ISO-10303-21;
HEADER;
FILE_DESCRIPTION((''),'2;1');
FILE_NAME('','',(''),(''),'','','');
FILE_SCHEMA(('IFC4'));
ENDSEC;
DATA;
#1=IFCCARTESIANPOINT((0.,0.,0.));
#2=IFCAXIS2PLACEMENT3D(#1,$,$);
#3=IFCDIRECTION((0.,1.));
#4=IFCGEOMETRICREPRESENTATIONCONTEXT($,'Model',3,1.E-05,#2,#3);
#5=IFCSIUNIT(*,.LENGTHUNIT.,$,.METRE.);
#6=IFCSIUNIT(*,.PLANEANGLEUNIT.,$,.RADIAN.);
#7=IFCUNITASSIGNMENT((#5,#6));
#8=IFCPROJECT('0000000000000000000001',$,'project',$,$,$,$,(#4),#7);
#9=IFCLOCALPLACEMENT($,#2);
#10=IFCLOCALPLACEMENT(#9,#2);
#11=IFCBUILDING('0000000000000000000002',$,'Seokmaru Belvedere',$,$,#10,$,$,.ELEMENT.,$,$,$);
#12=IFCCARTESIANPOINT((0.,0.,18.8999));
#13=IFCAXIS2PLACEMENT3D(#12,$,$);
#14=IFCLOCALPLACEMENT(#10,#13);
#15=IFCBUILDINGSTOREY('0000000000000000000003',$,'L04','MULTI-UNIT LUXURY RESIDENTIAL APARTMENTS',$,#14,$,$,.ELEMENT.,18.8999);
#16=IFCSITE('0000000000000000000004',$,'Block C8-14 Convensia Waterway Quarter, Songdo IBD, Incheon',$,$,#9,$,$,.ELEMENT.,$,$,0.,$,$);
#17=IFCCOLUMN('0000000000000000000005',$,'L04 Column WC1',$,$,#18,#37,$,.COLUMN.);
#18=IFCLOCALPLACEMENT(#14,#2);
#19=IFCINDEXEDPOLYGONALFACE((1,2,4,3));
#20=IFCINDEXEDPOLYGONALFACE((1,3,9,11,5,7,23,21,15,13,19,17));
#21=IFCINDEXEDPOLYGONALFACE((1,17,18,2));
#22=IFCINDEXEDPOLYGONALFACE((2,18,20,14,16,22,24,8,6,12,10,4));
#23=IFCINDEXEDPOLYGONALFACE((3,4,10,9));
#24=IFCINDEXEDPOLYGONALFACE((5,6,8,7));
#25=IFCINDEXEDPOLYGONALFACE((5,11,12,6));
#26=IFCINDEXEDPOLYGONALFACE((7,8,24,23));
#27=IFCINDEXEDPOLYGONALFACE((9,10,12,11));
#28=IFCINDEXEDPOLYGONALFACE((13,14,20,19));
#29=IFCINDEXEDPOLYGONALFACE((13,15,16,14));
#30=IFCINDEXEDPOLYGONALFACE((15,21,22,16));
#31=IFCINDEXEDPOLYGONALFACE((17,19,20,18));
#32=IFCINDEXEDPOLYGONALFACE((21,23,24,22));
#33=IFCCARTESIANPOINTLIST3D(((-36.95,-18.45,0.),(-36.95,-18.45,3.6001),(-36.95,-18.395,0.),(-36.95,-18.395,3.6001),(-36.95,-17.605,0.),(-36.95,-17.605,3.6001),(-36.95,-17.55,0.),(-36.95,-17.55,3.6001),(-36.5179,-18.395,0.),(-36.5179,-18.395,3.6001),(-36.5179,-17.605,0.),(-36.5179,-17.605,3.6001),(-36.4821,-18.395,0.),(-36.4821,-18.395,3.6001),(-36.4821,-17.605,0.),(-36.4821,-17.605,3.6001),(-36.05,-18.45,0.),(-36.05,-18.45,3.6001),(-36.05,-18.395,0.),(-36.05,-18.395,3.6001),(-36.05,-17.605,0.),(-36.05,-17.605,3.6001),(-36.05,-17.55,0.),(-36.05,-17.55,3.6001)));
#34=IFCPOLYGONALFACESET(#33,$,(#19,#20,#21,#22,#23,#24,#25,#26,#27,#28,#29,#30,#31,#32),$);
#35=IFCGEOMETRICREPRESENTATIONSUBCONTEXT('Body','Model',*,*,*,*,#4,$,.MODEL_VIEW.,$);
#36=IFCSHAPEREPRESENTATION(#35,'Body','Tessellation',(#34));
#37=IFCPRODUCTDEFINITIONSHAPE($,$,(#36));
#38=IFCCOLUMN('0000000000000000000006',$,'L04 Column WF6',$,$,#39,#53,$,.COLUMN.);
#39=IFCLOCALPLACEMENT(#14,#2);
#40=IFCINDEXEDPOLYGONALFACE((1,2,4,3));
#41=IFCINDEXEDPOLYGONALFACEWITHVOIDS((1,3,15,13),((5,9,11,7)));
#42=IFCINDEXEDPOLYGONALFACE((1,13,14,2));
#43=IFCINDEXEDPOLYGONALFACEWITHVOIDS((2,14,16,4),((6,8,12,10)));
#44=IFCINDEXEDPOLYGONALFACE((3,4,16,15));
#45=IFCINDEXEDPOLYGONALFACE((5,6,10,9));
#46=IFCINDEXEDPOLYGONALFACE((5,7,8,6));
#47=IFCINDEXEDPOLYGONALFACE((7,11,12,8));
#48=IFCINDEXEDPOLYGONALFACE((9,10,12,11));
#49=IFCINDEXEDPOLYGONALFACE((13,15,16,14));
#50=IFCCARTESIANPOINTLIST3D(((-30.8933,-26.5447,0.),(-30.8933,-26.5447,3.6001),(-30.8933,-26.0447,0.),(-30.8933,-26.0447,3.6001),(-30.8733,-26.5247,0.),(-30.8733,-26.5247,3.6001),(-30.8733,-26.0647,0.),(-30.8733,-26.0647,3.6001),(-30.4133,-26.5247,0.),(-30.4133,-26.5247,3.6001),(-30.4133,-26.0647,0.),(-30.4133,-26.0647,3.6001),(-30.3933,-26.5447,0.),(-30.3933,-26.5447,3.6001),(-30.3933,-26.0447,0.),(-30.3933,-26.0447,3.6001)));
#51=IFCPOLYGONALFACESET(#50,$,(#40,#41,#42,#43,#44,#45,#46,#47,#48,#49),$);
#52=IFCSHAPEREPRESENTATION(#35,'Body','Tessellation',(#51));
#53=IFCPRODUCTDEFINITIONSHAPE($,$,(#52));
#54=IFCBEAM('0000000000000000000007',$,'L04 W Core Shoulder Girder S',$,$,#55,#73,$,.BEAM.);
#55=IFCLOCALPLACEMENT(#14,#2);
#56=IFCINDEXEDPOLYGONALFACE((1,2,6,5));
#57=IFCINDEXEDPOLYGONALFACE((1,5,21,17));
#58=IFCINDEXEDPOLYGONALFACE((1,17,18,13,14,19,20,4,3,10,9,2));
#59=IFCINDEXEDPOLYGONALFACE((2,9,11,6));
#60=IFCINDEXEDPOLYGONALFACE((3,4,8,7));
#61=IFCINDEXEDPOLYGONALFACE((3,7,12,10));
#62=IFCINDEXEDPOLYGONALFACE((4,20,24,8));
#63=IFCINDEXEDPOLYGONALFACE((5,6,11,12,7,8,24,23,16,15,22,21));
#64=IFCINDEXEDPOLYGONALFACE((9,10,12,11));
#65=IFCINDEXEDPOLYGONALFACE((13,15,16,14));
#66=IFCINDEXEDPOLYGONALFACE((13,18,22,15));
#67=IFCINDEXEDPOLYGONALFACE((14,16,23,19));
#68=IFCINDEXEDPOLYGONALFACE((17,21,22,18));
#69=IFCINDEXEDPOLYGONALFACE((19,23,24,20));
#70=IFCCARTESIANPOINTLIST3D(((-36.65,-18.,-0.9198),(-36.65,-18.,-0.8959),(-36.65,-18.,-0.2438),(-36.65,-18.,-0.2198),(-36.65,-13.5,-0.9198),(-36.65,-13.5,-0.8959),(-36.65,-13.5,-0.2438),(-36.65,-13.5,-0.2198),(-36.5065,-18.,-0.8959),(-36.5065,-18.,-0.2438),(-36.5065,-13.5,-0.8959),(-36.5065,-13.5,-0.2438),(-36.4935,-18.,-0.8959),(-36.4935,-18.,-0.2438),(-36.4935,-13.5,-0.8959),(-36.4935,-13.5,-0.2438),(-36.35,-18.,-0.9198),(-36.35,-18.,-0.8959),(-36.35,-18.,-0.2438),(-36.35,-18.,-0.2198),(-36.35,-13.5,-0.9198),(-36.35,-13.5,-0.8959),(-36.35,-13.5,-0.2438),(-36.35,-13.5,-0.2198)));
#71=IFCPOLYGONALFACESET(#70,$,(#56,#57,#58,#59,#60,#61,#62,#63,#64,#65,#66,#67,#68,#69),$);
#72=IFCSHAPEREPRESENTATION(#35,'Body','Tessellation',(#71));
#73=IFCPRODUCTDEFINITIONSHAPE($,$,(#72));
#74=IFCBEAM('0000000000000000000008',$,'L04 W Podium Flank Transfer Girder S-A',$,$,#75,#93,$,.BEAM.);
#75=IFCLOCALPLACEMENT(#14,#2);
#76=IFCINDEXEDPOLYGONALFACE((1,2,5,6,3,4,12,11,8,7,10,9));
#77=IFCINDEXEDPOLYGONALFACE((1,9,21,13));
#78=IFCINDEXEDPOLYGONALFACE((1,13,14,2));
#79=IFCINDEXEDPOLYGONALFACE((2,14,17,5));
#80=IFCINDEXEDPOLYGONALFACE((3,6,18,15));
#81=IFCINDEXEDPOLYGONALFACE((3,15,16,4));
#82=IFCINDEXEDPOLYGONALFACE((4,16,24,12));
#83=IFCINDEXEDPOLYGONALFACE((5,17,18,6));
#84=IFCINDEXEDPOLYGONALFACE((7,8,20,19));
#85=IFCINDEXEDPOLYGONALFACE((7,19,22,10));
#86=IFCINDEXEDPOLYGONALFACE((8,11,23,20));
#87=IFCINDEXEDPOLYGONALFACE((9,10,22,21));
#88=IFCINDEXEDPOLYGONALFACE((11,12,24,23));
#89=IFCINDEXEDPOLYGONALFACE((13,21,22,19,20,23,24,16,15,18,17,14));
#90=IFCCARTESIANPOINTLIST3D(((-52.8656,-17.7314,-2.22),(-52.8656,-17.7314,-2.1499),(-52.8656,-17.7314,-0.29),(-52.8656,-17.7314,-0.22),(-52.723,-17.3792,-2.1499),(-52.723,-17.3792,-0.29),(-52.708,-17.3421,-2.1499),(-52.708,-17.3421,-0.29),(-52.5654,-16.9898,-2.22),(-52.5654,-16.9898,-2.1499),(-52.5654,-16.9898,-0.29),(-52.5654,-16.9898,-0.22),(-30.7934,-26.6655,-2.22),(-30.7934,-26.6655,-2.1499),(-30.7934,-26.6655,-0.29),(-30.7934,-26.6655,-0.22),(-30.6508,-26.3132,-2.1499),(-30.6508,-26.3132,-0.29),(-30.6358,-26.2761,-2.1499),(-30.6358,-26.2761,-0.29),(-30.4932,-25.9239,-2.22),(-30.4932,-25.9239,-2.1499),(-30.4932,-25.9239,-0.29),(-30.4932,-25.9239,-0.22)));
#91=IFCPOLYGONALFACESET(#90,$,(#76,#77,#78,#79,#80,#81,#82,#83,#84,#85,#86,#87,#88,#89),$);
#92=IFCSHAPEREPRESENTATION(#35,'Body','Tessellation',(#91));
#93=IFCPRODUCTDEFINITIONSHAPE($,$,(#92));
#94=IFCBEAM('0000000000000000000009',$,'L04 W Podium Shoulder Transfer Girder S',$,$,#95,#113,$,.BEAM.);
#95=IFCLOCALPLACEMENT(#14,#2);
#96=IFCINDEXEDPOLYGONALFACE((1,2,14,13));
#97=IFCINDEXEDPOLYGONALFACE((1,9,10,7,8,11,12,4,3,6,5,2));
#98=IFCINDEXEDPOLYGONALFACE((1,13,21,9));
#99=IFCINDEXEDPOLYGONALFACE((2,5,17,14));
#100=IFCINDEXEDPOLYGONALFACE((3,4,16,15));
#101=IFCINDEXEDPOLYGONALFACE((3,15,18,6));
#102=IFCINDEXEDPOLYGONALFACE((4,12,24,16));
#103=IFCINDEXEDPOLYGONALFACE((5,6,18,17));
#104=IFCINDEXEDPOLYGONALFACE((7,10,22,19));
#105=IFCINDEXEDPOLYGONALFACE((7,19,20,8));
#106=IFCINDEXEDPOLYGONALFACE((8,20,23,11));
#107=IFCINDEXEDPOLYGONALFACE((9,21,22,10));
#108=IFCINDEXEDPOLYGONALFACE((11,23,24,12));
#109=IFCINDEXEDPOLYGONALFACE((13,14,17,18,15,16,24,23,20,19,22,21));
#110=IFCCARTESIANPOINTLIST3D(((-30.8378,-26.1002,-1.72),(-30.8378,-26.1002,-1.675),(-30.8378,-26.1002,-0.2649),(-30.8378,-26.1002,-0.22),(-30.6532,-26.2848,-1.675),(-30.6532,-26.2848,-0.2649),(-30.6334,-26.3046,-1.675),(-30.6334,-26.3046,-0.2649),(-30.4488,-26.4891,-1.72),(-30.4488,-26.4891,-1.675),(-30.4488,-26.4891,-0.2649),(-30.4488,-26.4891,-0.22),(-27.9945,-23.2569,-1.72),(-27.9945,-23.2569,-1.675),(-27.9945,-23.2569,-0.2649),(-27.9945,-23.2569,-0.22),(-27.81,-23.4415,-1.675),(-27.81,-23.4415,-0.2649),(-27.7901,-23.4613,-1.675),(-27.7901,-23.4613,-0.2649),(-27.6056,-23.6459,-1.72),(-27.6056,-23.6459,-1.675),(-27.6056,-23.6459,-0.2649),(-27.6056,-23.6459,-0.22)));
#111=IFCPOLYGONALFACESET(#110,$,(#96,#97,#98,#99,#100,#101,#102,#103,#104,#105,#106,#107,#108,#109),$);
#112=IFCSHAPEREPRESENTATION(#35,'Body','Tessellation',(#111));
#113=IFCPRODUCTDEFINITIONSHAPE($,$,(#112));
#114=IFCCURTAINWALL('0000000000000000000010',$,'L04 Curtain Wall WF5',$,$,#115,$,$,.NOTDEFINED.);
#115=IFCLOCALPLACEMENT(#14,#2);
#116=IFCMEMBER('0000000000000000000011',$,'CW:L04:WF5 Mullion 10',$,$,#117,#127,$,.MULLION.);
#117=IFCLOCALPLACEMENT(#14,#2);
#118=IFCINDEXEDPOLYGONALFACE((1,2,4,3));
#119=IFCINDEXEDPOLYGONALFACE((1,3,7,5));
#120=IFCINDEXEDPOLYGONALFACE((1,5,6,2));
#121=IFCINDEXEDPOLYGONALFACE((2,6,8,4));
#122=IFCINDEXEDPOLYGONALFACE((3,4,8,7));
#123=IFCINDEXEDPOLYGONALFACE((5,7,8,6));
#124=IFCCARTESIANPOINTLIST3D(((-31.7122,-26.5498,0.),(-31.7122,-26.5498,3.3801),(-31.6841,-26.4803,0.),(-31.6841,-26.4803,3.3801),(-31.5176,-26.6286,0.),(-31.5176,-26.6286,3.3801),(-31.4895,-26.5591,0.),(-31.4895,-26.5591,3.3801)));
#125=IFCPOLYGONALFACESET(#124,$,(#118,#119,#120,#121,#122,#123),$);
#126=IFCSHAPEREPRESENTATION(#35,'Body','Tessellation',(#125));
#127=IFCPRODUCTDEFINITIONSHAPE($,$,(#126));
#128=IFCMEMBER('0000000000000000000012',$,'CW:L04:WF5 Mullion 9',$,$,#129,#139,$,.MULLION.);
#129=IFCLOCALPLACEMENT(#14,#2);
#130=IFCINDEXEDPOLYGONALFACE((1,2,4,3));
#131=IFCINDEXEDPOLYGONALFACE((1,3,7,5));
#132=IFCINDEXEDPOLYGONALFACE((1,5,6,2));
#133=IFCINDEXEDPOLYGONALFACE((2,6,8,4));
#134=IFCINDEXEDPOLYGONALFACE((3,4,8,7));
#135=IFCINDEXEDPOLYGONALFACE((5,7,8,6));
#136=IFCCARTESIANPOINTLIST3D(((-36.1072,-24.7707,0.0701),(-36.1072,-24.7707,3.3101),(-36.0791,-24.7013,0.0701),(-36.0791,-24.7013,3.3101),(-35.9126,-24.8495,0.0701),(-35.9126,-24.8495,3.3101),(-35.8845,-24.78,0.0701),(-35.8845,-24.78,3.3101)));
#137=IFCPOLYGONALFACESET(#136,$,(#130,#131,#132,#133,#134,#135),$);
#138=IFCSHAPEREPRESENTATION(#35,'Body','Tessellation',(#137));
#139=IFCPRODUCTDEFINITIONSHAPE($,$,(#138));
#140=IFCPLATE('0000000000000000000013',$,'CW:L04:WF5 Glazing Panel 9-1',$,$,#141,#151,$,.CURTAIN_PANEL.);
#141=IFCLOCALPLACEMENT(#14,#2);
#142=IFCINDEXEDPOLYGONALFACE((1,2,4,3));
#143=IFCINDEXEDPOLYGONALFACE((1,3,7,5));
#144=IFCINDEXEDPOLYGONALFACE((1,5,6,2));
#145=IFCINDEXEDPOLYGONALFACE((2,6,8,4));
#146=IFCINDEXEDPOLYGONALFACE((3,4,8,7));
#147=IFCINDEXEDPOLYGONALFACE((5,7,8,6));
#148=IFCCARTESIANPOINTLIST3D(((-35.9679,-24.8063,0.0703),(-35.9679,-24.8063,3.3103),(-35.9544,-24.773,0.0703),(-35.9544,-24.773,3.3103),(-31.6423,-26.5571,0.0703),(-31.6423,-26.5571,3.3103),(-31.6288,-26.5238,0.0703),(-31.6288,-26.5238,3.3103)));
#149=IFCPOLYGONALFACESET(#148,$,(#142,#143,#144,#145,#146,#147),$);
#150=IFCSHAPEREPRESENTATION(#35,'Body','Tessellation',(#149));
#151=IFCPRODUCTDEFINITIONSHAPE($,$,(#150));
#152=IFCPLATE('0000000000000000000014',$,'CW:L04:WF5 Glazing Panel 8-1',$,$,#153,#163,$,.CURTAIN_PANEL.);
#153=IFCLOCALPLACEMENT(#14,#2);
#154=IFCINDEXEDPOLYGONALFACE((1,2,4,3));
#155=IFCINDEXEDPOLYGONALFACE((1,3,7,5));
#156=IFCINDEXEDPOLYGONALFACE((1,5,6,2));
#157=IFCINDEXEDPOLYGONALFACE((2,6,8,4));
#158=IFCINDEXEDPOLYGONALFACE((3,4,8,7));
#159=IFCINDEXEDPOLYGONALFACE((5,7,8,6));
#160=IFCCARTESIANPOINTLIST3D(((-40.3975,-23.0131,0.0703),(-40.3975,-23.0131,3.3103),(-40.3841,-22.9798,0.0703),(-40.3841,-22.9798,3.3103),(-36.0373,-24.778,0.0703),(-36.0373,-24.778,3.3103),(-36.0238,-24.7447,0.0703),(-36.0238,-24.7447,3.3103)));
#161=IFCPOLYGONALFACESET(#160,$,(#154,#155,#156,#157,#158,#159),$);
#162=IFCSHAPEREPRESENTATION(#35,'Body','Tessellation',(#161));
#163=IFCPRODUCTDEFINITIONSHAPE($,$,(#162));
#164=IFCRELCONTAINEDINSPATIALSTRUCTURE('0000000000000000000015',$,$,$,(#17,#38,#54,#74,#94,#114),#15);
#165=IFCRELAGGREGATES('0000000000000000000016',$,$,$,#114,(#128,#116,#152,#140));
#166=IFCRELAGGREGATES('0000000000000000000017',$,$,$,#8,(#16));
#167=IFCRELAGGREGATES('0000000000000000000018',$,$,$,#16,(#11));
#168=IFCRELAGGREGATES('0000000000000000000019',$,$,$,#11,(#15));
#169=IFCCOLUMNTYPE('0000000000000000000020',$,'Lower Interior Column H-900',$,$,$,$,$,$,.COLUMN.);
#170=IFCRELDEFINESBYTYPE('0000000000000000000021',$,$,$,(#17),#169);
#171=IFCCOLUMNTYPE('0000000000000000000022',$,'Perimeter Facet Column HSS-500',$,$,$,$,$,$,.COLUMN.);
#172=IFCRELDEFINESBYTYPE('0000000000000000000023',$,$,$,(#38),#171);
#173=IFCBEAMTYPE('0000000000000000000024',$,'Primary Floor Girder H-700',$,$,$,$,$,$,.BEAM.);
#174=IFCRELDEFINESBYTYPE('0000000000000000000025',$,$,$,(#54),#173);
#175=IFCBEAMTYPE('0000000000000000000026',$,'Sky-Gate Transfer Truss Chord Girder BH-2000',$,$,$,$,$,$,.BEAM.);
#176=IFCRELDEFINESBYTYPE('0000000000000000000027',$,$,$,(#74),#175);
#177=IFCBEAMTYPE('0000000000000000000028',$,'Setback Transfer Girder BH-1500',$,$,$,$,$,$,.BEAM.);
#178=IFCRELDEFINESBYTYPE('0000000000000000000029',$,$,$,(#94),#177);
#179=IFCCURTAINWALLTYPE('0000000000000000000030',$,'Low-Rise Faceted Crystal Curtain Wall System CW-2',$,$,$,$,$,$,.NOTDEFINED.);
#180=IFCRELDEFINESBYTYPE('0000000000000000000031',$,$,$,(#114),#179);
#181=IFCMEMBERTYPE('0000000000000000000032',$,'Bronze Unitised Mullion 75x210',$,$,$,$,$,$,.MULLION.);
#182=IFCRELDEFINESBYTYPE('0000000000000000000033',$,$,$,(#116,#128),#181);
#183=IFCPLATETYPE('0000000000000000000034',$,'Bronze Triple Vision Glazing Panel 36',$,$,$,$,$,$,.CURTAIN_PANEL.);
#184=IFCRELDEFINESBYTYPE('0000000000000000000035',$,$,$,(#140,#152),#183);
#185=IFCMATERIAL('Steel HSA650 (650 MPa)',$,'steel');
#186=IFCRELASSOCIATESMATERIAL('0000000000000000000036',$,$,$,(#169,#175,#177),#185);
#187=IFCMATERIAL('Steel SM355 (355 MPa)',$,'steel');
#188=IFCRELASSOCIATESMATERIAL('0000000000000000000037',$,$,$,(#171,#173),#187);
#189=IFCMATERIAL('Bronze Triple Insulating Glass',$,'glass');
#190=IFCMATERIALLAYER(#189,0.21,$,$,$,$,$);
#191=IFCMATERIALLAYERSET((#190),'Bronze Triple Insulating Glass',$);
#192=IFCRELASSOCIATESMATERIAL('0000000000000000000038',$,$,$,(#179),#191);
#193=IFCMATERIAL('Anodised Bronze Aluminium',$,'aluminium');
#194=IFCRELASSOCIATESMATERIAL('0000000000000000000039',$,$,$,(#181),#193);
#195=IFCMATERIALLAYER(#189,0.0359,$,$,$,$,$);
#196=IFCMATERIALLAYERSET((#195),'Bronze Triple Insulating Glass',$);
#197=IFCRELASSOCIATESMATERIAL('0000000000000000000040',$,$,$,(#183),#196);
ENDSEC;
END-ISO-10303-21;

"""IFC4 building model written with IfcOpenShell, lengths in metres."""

from ifc_helpers import new_model, si_unit, direction, frame, origin, origin_2d, place, context, subcontext, project, spatial, rectangle, hollow_rectangle, i_section, extrude, source, transform, mapped, material, layer, layer_set, material_profile, profile_set, type_object, type_shapes, element, aggregate, save


model = new_model("IFC4")

# Units and contexts
model_context = context("Model", 3, precision=1e-05, world=origin(), true_north=direction((0.0, 1.0)))
body_context = subcontext(model_context, "Body", "Model", "MODEL_VIEW")
ifc_project = project(units=[si_unit("LENGTHUNIT", "METRE"), si_unit("PLANEANGLEUNIT", "RADIAN")], contexts=[model_context])

# Site, building, storey
site_placement = place(None, origin())
site = spatial("IfcSite", under=ifc_project, at=site_placement, Name="Block C8-14 Convensia Waterway Quarter, Songdo IBD, Incheon", CompositionType="ELEMENT", RefElevation=0.0)
building_placement = place(site_placement, origin())
building = spatial("IfcBuilding", under=site, at=building_placement, Name="Seokmaru Belvedere", CompositionType="ELEMENT")
storey_placement = place(building_placement, frame((0.0, 0.0, 18.8999)))
storey = spatial("IfcBuildingStorey", under=building, at=storey_placement, Name="L04", Description="MULTI-UNIT LUXURY RESIDENTIAL APARTMENTS", CompositionType="ELEMENT", Elevation=18.8999)

# Columns
ifc_material_1 = material(Name="Steel HSA650 (650 MPa)", Category="steel")
ifc_material_profile_1 = material_profile(ifc_material_1, i_section(OverallWidth=0.8999, OverallDepth=0.8999, WebThickness=0.0359, FlangeThickness=0.0549, at=origin_2d()), Name="H-900x900x36x55")
ifc_profile_set_1 = profile_set([ifc_material_profile_1], Name="Steel HSA650 (650 MPa)")
column_type_1 = type_object("IfcColumnType", Name="Lower Interior Column H-900", PredefinedType="COLUMN", material=ifc_profile_set_1)
shared_shape_1 = source(origin(), body_context, "Body", "SweptSolid", [
    extrude(i_section(OverallWidth=0.8999, OverallDepth=0.8999, WebThickness=0.0359, FlangeThickness=0.0549, at=origin_2d()), origin(), (0.0, 0.0, 1.0), 3.6001),
])
type_shapes(column_type_1, [shared_shape_1])
column_1_placement = place(storey_placement, frame((-36.5, -18.0, 0.0), z_axis=(0.0, 0.0, 1.0), x_axis=(1.0, 0.0, 0.0)))
element("IfcColumn", 1, at=column_1_placement, inside=storey, type_object=column_type_1, Name="L04 Column WC1", PredefinedType="COLUMN", context=body_context, shape_type="MappedRepresentation", body=[
    mapped(shared_shape_1, transform((0.0, 0.0, 0.0), scale=1.0)),
])
ifc_material_2 = material(Name="Steel SM355 (355 MPa)", Category="steel")
ifc_material_profile_2 = material_profile(ifc_material_2, hollow_rectangle(XDim=0.5, YDim=0.5, WallThickness=0.02, at=origin_2d()), Name="HSS-500x500x20")
ifc_profile_set_2 = profile_set([ifc_material_profile_2], Name="Steel SM355 (355 MPa)")
column_type_2 = type_object("IfcColumnType", Name="Perimeter Facet Column HSS-500", PredefinedType="COLUMN", material=ifc_profile_set_2)
shared_shape_2 = source(origin(), body_context, "Body", "SweptSolid", [
    extrude(hollow_rectangle(XDim=0.5, YDim=0.5, WallThickness=0.02, at=origin_2d()), origin(), (0.0, 0.0, 1.0), 3.6001),
])
type_shapes(column_type_2, [shared_shape_2])
column_2_placement = place(storey_placement, frame((-30.6433, -26.2947, 0.0), z_axis=(0.0, 0.0, 1.0), x_axis=(1.0, 0.0, 0.0)))
element("IfcColumn", 2, at=column_2_placement, inside=storey, type_object=column_type_2, Name="L04 Column WF6", PredefinedType="COLUMN", context=body_context, shape_type="MappedRepresentation", body=[
    mapped(shared_shape_2, transform((0.0, 0.0, 0.0), scale=1.0)),
])

# Beams
ifc_material_profile_3 = material_profile(ifc_material_2, i_section(OverallWidth=0.3, OverallDepth=0.7, WebThickness=0.0129, FlangeThickness=0.0239, at=origin_2d()), Name="H-700x300x13x24")
ifc_profile_set_3 = profile_set([ifc_material_profile_3], Name="Steel SM355 (355 MPa)")
beam_type_1 = type_object("IfcBeamType", Name="Primary Floor Girder H-700", PredefinedType="BEAM", material=ifc_profile_set_3)
shared_shape_3 = source(origin(), body_context, "Body", "SweptSolid", [
    extrude(i_section(OverallWidth=0.3, OverallDepth=0.7, WebThickness=0.0129, FlangeThickness=0.0239, at=origin_2d()), origin(), (0.0, 0.0, 1.0), 4.5),
])
type_shapes(beam_type_1, [shared_shape_3])
beam_1_placement = place(storey_placement, frame((-36.5, -18.0, -0.5698), z_axis=(0.0, 1.0, 0.0), x_axis=(-1.0, 0.0, 0.0)))
element("IfcBeam", 3, at=beam_1_placement, inside=storey, type_object=beam_type_1, Name="L04 W Core Shoulder Girder S", PredefinedType="BEAM", context=body_context, shape_type="MappedRepresentation", body=[
    mapped(shared_shape_3, transform((0.0, 0.0, 0.0), scale=1.0)),
])
ifc_material_profile_4 = material_profile(ifc_material_1, i_section(OverallWidth=0.8, OverallDepth=2.0, WebThickness=0.04, FlangeThickness=0.0701, at=origin_2d()), Name="BH-2000x800x40x70")
ifc_profile_set_4 = profile_set([ifc_material_profile_4], Name="Steel HSA650 (650 MPa)")
beam_type_2 = type_object("IfcBeamType", Name="Sky-Gate Transfer Truss Chord Girder BH-2000", PredefinedType="BEAM", material=ifc_profile_set_4)
shared_shape_4 = source(origin(), body_context, "Body", "SweptSolid", [
    extrude(i_section(OverallWidth=0.8, OverallDepth=2.0, WebThickness=0.04, FlangeThickness=0.0701, at=origin_2d()), origin(), (0.0, 0.0, 1.0), 23.8118),
])
type_shapes(beam_type_2, [shared_shape_4])
beam_2_placement = place(storey_placement, frame((-30.6433, -26.2947, -1.22), z_axis=(-0.926946, 0.375195, 0.0), x_axis=(-0.375195, -0.926946, 0.0)))
element("IfcBeam", 4, at=beam_2_placement, inside=storey, type_object=beam_type_2, Name="L04 W Podium Flank Transfer Girder S-A", PredefinedType="BEAM", context=body_context, shape_type="MappedRepresentation", body=[
    mapped(shared_shape_4, transform((0.0, 0.0, 0.0), scale=1.0)),
])
ifc_material_profile_5 = material_profile(ifc_material_1, i_section(OverallWidth=0.55, OverallDepth=1.5, WebThickness=0.0281, FlangeThickness=0.0449, at=origin_2d()), Name="BH-1500x550x28x45")
ifc_profile_set_5 = profile_set([ifc_material_profile_5], Name="Steel HSA650 (650 MPa)")
beam_type_3 = type_object("IfcBeamType", Name="Setback Transfer Girder BH-1500", PredefinedType="BEAM", material=ifc_profile_set_5)
shared_shape_5 = source(origin(), body_context, "Body", "SweptSolid", [
    extrude(i_section(OverallWidth=0.55, OverallDepth=1.5, WebThickness=0.0281, FlangeThickness=0.0449, at=origin_2d()), origin(), (0.0, 0.0, 1.0), 4.021),
])
type_shapes(beam_type_3, [shared_shape_5])
beam_3_placement = place(storey_placement, frame((-30.6433, -26.2947, -0.97), z_axis=(0.707107, 0.707107, 0.0), x_axis=(-0.707107, 0.707107, 0.0)))
element("IfcBeam", 5, at=beam_3_placement, inside=storey, type_object=beam_type_3, Name="L04 W Podium Shoulder Transfer Girder S", PredefinedType="BEAM", context=body_context, shape_type="MappedRepresentation", body=[
    mapped(shared_shape_5, transform((0.0, 0.0, 0.0), scale=1.0)),
])

# Curtain wall, members, plates
ifc_material_3 = material(Name="Bronze Triple Insulating Glass", Category="glass")
ifc_layer_1 = layer(ifc_material_3, 0.21)
ifc_layer_set_1 = layer_set([ifc_layer_1], Name="Bronze Triple Insulating Glass")
curtain_wall_type = type_object("IfcCurtainWallType", Name="Low-Rise Faceted Crystal Curtain Wall System CW-2", PredefinedType="NOTDEFINED", material=ifc_layer_set_1)
curtain_wall_placement = place(storey_placement, origin())
curtain_wall = element("IfcCurtainWall", 6, at=curtain_wall_placement, inside=storey, type_object=curtain_wall_type, Name="L04 Curtain Wall WF5", PredefinedType="NOTDEFINED")
ifc_material_4 = material(Name="Anodised Bronze Aluminium", Category="aluminium")
ifc_material_profile_6 = material_profile(ifc_material_4, rectangle(XDim=0.075, YDim=0.21, at=origin_2d()), Name="CW-M-75x210")
ifc_profile_set_6 = profile_set([ifc_material_profile_6], Name="Anodised Bronze Aluminium")
member_type = type_object("IfcMemberType", Name="Bronze Unitised Mullion 75x210", PredefinedType="MULLION", material=ifc_profile_set_6)
shared_shape_6 = source(origin(), body_context, "Body", "SweptSolid", [
    extrude(rectangle(XDim=0.075, YDim=0.21, at=origin_2d()), origin(), (0.0, 0.0, 1.0), 3.3801),
])
member_1_placement = place(storey_placement, frame((-31.6008, -26.5544, 0.0), z_axis=(0.0, 0.0, 1.0), x_axis=(0.375192, 0.926947, 0.0)))
member_1 = element("IfcMember", 7, at=member_1_placement, type_object=member_type, Name="CW:L04:WF5 Mullion 10", PredefinedType="MULLION", context=body_context, shape_type="MappedRepresentation", body=[
    mapped(shared_shape_6, transform((0.0, 0.0, 0.0), scale=1.0)),
])
shared_shape_7 = source(origin(), body_context, "Body", "SweptSolid", [
    extrude(rectangle(XDim=0.075, YDim=0.21, at=origin_2d()), origin(), (0.0, 0.0, 1.0), 3.24),
])
type_shapes(member_type, [shared_shape_6, shared_shape_7])
member_2_placement = place(storey_placement, frame((-35.9958, -24.7754, 0.0701), z_axis=(0.0, 0.0, 1.0), x_axis=(0.375192, 0.926947, 0.0)))
member_2 = element("IfcMember", 8, at=member_2_placement, type_object=member_type, Name="CW:L04:WF5 Mullion 9", PredefinedType="MULLION", context=body_context, shape_type="MappedRepresentation", body=[
    mapped(shared_shape_7, transform((0.0, 0.0, 0.0), scale=1.0)),
])
ifc_layer_2 = layer(ifc_material_3, 0.0359)
ifc_layer_set_2 = layer_set([ifc_layer_2], Name="Bronze Triple Insulating Glass")
plate_type = type_object("IfcPlateType", Name="Bronze Triple Vision Glazing Panel 36", PredefinedType="CURTAIN_PANEL", material=ifc_layer_set_2)
shared_shape_8 = source(origin(), body_context, "Body", "SweptSolid", [
    extrude(rectangle(XDim=4.6665, YDim=0.0359, at=origin_2d()), origin(), (0.0, 0.0, 1.0), 3.24),
])
plate_1_placement = place(storey_placement, frame((-33.7983, -25.665, 0.0703), z_axis=(0.0, 0.0, 1.0), x_axis=(0.926947, -0.375192, 0.0)))
plate_1 = element("IfcPlate", 9, at=plate_1_placement, type_object=plate_type, Name="CW:L04:WF5 Glazing Panel 9-1", PredefinedType="CURTAIN_PANEL", context=body_context, shape_type="MappedRepresentation", body=[
    mapped(shared_shape_8, transform((0.0, 0.0, 0.0), scale=1.0)),
])
shared_shape_9 = source(origin(), body_context, "Body", "SweptSolid", [
    extrude(rectangle(XDim=4.7039, YDim=0.0359, at=origin_2d()), origin(), (0.0, 0.0, 1.0), 3.24),
])
type_shapes(plate_type, [shared_shape_8, shared_shape_9])
plate_2_placement = place(storey_placement, frame((-38.2107, -23.8789, 0.0703), z_axis=(0.0, 0.0, 1.0), x_axis=(0.926947, -0.375192, 0.0)))
plate_2 = element("IfcPlate", 10, at=plate_2_placement, type_object=plate_type, Name="CW:L04:WF5 Glazing Panel 8-1", PredefinedType="CURTAIN_PANEL", context=body_context, shape_type="MappedRepresentation", body=[
    mapped(shared_shape_9, transform((0.0, 0.0, 0.0), scale=1.0)),
])
aggregate(curtain_wall, [member_2, member_1, plate_2, plate_1])

save(model, "model.ifc")
